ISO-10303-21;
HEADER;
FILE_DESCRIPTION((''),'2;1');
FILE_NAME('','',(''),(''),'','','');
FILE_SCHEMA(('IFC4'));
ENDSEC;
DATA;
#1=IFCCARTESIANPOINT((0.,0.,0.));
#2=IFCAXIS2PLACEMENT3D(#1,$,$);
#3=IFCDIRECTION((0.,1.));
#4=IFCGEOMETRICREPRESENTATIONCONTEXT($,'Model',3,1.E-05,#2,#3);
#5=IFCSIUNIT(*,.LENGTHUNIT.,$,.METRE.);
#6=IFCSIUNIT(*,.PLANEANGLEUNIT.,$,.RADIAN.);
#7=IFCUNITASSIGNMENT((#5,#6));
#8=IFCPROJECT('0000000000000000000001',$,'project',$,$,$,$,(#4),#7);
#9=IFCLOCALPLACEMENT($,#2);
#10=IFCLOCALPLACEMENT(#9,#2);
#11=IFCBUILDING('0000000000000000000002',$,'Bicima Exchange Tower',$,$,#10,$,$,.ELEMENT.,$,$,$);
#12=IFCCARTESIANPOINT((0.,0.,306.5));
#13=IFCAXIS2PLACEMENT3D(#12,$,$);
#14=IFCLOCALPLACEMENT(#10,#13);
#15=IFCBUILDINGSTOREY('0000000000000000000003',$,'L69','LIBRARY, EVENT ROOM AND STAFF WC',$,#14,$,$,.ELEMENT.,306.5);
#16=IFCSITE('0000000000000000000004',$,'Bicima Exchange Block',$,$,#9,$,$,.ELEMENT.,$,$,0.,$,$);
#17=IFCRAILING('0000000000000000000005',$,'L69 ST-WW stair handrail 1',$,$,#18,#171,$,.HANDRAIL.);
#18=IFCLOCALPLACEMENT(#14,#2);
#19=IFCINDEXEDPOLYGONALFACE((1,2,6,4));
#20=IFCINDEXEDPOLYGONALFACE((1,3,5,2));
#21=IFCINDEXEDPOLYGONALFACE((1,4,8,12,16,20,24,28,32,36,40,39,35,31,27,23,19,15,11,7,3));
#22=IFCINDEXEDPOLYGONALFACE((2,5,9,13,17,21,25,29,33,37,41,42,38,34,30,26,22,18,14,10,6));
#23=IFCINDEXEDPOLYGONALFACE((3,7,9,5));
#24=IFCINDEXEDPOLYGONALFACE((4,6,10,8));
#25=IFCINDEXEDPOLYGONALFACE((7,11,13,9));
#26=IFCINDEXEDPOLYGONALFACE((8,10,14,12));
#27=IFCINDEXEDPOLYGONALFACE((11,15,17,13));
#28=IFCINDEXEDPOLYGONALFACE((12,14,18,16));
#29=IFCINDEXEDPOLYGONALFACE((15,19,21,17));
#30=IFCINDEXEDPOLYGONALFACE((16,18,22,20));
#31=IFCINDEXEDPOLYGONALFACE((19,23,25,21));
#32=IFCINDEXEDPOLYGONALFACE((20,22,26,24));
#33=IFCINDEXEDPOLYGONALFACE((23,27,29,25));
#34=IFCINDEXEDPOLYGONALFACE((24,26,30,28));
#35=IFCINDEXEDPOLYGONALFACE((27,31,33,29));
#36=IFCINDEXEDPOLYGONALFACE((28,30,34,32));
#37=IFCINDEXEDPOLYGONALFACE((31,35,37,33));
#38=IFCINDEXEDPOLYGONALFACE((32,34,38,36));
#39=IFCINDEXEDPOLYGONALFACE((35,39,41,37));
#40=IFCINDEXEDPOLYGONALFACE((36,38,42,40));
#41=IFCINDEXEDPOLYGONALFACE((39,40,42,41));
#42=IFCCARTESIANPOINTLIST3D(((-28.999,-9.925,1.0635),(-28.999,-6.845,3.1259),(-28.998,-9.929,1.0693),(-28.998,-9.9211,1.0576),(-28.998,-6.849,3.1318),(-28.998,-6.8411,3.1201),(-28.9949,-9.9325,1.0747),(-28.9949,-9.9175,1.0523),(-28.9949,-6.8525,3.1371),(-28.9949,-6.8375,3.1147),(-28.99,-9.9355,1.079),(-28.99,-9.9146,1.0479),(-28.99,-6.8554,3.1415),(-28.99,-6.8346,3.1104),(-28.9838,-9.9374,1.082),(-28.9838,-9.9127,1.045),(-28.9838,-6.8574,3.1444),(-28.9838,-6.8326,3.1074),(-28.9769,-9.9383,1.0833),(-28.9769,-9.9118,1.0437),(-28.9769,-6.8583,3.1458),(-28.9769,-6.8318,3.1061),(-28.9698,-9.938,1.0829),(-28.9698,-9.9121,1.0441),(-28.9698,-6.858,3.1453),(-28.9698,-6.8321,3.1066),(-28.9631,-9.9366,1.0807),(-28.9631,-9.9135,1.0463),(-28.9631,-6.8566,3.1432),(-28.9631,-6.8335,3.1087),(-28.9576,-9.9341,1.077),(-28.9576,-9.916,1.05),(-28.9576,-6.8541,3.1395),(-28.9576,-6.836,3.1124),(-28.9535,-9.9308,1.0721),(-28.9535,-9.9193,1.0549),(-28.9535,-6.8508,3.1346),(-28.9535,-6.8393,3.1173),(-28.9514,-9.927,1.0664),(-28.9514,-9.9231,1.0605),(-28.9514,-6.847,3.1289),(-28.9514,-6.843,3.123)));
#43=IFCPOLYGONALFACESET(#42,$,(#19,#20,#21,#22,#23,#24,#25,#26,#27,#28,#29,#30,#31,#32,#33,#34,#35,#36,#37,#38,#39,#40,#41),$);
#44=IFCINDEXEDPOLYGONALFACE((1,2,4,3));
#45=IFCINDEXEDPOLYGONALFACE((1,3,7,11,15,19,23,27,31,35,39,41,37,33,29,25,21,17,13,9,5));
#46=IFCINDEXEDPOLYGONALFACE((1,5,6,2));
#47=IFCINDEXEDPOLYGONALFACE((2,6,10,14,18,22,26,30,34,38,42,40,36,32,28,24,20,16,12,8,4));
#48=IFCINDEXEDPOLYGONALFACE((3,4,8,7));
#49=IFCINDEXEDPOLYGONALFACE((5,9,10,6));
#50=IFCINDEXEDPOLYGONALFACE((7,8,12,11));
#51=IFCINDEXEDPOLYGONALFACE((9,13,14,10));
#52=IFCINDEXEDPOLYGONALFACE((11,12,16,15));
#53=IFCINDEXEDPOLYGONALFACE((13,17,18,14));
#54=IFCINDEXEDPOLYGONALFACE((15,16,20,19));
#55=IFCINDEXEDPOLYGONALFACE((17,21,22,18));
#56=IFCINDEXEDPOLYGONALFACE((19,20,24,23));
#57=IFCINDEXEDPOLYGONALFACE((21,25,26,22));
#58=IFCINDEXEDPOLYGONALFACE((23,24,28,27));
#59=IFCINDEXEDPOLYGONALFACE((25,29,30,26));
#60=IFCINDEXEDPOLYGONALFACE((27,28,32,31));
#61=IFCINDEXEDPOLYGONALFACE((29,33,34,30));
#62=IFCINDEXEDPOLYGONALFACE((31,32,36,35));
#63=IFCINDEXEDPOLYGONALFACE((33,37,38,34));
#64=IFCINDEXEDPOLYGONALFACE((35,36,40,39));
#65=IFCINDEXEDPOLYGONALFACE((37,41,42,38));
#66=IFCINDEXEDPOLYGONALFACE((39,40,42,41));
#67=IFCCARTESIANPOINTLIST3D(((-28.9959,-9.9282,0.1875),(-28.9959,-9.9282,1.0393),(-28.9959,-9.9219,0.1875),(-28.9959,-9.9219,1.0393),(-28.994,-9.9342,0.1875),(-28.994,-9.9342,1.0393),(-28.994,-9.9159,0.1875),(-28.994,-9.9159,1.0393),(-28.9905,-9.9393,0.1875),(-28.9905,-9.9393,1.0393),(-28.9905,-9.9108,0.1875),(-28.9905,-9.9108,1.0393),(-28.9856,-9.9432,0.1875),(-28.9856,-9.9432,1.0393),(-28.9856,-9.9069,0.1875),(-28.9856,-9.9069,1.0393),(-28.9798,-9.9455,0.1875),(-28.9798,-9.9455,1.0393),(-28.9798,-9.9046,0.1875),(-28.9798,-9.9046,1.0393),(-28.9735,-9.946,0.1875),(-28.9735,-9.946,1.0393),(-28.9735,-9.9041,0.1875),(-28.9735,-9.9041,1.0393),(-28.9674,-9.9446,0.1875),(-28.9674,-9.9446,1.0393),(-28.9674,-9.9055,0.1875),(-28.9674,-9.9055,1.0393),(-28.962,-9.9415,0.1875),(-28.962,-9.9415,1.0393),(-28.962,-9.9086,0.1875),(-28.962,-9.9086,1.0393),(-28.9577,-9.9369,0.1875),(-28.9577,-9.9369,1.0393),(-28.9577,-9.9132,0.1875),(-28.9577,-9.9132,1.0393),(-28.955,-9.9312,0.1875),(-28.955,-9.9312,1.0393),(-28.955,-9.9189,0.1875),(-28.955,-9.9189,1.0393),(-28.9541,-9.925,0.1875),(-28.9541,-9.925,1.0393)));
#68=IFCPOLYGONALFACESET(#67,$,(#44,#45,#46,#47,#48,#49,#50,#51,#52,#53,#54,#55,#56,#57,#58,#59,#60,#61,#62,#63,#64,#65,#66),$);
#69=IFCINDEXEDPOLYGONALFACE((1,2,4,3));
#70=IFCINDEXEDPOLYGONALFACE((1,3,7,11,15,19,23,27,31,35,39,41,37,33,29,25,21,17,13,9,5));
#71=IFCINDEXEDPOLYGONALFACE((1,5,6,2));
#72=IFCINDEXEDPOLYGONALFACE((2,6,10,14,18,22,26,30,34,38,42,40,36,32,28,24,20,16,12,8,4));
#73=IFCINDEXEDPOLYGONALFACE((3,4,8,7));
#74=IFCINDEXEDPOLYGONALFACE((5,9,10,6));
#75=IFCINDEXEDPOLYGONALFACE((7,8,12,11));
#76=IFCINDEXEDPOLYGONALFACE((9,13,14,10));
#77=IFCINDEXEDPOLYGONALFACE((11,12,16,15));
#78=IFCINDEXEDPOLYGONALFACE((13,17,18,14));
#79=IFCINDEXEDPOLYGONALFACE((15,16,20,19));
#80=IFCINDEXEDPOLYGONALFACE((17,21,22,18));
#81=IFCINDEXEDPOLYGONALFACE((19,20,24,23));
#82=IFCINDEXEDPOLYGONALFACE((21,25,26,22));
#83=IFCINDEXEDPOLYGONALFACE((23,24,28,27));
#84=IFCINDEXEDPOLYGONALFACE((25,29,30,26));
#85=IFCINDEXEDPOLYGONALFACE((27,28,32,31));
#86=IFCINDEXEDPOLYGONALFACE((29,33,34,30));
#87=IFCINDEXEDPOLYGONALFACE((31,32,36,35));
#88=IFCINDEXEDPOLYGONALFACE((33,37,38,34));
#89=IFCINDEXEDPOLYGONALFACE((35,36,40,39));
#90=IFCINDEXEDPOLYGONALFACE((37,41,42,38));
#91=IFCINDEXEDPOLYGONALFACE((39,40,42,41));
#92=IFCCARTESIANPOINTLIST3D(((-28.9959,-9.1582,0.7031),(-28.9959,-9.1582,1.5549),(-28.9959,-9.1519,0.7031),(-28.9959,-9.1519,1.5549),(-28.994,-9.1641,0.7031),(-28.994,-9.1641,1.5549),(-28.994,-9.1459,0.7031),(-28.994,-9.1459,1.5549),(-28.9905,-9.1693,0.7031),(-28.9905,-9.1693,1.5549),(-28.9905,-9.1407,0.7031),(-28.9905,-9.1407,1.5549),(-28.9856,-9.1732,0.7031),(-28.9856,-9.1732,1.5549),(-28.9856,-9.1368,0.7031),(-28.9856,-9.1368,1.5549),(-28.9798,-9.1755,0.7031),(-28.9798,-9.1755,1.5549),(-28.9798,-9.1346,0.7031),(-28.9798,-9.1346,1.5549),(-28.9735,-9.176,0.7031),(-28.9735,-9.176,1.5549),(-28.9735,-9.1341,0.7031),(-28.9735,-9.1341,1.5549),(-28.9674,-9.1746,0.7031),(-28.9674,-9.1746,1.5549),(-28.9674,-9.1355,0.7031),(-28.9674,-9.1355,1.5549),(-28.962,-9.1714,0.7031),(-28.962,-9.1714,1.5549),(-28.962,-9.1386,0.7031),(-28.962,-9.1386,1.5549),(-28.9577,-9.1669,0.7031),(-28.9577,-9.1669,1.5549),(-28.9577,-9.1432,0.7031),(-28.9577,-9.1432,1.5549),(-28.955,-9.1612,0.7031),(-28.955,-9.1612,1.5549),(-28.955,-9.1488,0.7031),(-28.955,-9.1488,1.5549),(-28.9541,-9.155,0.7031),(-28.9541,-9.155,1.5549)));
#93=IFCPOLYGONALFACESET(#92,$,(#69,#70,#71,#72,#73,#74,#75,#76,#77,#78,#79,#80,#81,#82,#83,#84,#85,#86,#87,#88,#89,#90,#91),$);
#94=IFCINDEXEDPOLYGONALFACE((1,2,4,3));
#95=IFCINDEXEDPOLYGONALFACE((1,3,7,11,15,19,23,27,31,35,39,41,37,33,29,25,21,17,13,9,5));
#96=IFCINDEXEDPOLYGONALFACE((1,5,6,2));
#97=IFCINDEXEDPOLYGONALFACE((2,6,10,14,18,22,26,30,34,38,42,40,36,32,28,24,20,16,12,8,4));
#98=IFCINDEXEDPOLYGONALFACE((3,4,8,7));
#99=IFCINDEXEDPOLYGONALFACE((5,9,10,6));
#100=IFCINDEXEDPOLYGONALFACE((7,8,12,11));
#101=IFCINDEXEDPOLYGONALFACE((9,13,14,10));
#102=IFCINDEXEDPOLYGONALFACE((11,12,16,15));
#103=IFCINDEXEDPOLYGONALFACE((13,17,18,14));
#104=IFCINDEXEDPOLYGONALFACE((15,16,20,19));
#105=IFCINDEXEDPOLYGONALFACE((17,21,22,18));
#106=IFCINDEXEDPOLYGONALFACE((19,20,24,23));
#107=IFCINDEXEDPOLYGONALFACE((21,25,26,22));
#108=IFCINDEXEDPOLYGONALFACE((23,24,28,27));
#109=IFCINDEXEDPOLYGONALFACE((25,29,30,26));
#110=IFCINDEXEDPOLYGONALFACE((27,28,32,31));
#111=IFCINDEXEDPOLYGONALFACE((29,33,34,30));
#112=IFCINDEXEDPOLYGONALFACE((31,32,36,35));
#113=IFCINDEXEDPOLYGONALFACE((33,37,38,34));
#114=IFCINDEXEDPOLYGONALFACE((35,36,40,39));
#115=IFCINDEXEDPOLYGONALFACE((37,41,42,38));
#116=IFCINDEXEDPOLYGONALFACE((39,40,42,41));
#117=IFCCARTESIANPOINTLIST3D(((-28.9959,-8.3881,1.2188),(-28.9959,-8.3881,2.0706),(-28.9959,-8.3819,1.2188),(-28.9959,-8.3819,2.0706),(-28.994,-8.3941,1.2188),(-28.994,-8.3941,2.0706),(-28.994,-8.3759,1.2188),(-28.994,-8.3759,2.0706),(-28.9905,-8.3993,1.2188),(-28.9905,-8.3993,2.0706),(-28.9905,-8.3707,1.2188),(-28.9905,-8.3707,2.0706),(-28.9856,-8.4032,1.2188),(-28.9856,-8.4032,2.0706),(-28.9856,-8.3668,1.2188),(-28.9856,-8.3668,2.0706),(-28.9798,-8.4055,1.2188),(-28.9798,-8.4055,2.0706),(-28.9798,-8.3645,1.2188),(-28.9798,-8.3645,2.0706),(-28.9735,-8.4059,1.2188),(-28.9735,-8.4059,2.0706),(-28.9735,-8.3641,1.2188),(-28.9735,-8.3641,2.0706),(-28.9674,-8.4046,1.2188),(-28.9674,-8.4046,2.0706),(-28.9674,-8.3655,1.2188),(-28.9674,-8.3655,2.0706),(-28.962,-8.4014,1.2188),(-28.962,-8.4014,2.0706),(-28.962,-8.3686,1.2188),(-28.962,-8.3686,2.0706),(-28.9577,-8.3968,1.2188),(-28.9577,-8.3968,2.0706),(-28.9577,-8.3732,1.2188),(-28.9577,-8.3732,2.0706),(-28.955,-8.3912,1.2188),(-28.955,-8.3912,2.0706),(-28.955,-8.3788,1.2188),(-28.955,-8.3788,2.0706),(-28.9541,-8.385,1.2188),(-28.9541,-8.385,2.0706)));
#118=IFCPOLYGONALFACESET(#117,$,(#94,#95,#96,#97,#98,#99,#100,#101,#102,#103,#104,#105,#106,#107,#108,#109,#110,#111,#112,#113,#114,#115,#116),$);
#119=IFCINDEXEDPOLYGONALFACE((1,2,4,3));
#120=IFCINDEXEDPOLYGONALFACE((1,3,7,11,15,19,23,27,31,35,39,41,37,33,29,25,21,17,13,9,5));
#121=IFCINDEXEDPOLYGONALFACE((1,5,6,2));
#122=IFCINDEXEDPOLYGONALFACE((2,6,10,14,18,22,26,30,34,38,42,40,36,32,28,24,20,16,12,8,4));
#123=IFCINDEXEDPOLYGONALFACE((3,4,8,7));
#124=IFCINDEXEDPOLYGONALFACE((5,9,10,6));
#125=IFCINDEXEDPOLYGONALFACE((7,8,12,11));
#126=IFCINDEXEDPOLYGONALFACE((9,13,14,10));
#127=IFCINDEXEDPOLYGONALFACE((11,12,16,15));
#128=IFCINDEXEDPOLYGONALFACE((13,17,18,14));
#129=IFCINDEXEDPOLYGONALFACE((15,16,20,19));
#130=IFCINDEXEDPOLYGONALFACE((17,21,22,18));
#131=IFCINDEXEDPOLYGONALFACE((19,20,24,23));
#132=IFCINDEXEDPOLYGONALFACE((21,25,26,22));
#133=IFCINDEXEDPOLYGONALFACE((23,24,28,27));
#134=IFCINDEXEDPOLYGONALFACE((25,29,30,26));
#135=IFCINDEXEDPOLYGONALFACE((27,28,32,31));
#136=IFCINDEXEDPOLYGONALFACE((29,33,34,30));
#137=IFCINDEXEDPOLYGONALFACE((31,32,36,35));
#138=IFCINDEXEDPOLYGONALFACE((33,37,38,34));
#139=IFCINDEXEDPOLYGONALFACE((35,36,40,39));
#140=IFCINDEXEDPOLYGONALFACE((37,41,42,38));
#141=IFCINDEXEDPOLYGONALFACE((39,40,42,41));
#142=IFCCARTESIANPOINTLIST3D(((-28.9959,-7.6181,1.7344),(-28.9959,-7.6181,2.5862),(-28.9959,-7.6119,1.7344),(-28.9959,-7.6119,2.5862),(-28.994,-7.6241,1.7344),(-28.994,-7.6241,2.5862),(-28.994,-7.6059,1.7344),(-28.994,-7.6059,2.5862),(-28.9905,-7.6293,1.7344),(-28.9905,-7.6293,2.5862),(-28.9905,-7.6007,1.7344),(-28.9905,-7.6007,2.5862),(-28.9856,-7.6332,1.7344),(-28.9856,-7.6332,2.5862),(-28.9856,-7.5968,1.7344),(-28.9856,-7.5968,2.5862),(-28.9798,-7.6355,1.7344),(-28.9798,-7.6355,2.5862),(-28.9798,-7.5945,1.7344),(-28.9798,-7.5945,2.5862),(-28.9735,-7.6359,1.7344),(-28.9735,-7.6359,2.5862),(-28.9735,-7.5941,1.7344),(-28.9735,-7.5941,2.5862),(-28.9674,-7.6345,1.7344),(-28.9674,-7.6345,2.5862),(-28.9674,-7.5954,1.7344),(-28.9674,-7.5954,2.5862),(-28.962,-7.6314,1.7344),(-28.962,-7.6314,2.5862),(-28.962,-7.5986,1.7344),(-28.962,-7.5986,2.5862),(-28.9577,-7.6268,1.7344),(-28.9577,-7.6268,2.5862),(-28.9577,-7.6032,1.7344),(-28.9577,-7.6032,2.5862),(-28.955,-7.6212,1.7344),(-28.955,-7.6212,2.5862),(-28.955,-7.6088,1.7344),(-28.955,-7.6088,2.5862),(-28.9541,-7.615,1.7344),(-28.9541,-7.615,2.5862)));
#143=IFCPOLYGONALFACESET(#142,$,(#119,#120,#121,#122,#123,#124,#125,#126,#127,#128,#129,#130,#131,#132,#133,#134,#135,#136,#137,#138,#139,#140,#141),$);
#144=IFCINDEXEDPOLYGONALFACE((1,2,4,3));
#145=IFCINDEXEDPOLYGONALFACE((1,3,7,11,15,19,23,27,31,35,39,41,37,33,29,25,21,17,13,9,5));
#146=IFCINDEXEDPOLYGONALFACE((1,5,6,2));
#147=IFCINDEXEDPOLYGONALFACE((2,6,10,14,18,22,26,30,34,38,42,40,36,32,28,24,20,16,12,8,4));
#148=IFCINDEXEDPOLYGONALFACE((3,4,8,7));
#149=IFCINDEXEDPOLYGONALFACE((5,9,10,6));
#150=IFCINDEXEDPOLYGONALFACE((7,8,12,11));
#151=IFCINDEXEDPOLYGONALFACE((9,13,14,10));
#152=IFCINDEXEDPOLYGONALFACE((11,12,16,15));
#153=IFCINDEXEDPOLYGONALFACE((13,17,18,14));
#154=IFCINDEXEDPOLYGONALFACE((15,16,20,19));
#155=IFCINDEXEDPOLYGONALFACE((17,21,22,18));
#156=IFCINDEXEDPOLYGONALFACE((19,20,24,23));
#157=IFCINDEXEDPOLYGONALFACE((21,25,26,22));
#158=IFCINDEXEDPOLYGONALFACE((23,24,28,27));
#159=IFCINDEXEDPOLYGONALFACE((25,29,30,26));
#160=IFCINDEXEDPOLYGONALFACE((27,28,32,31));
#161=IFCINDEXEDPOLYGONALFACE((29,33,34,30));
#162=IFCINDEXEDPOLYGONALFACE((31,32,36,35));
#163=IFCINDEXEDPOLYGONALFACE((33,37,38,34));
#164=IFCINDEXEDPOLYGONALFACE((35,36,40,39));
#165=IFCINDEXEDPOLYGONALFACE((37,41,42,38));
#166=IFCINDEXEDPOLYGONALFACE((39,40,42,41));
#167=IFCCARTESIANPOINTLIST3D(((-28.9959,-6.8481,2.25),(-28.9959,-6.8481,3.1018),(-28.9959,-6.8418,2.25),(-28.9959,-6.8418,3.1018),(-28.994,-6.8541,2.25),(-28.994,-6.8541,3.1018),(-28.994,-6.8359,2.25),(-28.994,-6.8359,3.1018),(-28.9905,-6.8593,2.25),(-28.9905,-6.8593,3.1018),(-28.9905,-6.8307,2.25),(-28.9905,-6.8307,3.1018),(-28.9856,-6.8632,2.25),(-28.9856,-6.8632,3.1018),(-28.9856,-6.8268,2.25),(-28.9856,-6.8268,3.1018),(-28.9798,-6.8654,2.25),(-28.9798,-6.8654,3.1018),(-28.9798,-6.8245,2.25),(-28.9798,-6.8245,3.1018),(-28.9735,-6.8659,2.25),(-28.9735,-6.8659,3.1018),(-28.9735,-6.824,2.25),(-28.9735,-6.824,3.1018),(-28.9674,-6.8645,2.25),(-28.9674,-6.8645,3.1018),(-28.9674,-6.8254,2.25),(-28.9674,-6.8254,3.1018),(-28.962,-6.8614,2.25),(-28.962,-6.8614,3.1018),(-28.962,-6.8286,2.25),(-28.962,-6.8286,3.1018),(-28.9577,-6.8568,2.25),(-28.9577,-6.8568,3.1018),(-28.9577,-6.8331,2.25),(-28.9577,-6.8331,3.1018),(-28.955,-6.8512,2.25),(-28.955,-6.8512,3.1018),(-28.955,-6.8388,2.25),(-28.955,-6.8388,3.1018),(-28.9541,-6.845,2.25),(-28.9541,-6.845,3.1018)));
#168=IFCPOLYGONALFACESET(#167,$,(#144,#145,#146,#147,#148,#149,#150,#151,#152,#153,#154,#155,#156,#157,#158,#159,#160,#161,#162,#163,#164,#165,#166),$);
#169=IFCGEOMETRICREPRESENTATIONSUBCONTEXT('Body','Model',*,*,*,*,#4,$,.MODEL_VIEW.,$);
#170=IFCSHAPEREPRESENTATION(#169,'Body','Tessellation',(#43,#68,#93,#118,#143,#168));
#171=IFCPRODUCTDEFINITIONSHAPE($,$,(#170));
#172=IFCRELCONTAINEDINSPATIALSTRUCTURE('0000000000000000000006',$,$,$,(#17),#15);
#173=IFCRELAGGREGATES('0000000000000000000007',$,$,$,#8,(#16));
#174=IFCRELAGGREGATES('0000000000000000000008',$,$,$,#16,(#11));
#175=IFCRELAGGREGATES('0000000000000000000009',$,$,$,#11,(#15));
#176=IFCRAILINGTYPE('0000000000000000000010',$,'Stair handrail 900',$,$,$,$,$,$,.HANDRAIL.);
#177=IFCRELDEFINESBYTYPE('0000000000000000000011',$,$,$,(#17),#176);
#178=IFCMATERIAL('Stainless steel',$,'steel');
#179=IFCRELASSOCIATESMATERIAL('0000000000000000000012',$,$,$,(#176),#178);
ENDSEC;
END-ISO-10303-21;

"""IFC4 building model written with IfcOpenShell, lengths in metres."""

from ifc_helpers import new_model, si_unit, direction, frame, origin, origin_2d, place, context, subcontext, project, spatial, circle, extrude, material, type_object, element, save


model = new_model("IFC4")

# Units and contexts
model_context = context("Model", 3, precision=1e-05, world=origin(), true_north=direction((0.0, 1.0)))
body_context = subcontext(model_context, "Body", "Model", "MODEL_VIEW")
ifc_project = project(units=[si_unit("LENGTHUNIT", "METRE"), si_unit("PLANEANGLEUNIT", "RADIAN")], contexts=[model_context])

# Site, building, storey
site_placement = place(None, origin())
site = spatial("IfcSite", under=ifc_project, at=site_placement, Name="Bicima Exchange Block", CompositionType="ELEMENT", RefElevation=0.0)
building_placement = place(site_placement, origin())
building = spatial("IfcBuilding", under=site, at=building_placement, Name="Bicima Exchange Tower", CompositionType="ELEMENT")
storey_placement = place(building_placement, frame((0.0, 0.0, 306.5)))
storey = spatial("IfcBuildingStorey", under=building, at=storey_placement, Name="L69", Description="LIBRARY, EVENT ROOM AND STAFF WC", CompositionType="ELEMENT", Elevation=306.5)

# Railing
ifc_material_1 = material(Name="Stainless steel", Category="steel")
railing_type_1 = type_object("IfcRailingType", Name="Stair handrail 900", PredefinedType="HANDRAIL", material=ifc_material_1)
railing_1_placement = place(storey_placement, frame((-28.9751, -9.925, 0.1875)))
element("IfcRailing", 1, at=railing_1_placement, inside=storey, type_object=railing_type_1, Name="L69 ST-WW stair handrail 1", PredefinedType="HANDRAIL", context=body_context, shape_type="SweptSolid", body=[
    extrude(circle(Radius=0.0239, at=origin_2d()), frame((0.0, 0.0, 0.876), z_axis=(0.0, 0.830914, 0.556401), x_axis=(-1.0, 0.0, 0.0)), (0.0, 0.0, 1.0), 3.7068),
    extrude(circle(Radius=0.021, at=origin_2d()), origin(), (0.0, 0.0, 1.0), 0.8518),
    extrude(circle(Radius=0.021, at=origin_2d()), frame((0.0, 0.77, 0.5156)), (0.0, 0.0, 1.0), 0.8518),
    extrude(circle(Radius=0.021, at=origin_2d()), frame((0.0, 1.54, 1.0312)), (0.0, 0.0, 1.0), 0.8518),
    extrude(circle(Radius=0.021, at=origin_2d()), frame((0.0, 2.3101, 1.5469)), (0.0, 0.0, 1.0), 0.8518),
    extrude(circle(Radius=0.021, at=origin_2d()), frame((0.0, 3.0801, 2.0625)), (0.0, 0.0, 1.0), 0.8518),
])

save(model, "model.ifc")
